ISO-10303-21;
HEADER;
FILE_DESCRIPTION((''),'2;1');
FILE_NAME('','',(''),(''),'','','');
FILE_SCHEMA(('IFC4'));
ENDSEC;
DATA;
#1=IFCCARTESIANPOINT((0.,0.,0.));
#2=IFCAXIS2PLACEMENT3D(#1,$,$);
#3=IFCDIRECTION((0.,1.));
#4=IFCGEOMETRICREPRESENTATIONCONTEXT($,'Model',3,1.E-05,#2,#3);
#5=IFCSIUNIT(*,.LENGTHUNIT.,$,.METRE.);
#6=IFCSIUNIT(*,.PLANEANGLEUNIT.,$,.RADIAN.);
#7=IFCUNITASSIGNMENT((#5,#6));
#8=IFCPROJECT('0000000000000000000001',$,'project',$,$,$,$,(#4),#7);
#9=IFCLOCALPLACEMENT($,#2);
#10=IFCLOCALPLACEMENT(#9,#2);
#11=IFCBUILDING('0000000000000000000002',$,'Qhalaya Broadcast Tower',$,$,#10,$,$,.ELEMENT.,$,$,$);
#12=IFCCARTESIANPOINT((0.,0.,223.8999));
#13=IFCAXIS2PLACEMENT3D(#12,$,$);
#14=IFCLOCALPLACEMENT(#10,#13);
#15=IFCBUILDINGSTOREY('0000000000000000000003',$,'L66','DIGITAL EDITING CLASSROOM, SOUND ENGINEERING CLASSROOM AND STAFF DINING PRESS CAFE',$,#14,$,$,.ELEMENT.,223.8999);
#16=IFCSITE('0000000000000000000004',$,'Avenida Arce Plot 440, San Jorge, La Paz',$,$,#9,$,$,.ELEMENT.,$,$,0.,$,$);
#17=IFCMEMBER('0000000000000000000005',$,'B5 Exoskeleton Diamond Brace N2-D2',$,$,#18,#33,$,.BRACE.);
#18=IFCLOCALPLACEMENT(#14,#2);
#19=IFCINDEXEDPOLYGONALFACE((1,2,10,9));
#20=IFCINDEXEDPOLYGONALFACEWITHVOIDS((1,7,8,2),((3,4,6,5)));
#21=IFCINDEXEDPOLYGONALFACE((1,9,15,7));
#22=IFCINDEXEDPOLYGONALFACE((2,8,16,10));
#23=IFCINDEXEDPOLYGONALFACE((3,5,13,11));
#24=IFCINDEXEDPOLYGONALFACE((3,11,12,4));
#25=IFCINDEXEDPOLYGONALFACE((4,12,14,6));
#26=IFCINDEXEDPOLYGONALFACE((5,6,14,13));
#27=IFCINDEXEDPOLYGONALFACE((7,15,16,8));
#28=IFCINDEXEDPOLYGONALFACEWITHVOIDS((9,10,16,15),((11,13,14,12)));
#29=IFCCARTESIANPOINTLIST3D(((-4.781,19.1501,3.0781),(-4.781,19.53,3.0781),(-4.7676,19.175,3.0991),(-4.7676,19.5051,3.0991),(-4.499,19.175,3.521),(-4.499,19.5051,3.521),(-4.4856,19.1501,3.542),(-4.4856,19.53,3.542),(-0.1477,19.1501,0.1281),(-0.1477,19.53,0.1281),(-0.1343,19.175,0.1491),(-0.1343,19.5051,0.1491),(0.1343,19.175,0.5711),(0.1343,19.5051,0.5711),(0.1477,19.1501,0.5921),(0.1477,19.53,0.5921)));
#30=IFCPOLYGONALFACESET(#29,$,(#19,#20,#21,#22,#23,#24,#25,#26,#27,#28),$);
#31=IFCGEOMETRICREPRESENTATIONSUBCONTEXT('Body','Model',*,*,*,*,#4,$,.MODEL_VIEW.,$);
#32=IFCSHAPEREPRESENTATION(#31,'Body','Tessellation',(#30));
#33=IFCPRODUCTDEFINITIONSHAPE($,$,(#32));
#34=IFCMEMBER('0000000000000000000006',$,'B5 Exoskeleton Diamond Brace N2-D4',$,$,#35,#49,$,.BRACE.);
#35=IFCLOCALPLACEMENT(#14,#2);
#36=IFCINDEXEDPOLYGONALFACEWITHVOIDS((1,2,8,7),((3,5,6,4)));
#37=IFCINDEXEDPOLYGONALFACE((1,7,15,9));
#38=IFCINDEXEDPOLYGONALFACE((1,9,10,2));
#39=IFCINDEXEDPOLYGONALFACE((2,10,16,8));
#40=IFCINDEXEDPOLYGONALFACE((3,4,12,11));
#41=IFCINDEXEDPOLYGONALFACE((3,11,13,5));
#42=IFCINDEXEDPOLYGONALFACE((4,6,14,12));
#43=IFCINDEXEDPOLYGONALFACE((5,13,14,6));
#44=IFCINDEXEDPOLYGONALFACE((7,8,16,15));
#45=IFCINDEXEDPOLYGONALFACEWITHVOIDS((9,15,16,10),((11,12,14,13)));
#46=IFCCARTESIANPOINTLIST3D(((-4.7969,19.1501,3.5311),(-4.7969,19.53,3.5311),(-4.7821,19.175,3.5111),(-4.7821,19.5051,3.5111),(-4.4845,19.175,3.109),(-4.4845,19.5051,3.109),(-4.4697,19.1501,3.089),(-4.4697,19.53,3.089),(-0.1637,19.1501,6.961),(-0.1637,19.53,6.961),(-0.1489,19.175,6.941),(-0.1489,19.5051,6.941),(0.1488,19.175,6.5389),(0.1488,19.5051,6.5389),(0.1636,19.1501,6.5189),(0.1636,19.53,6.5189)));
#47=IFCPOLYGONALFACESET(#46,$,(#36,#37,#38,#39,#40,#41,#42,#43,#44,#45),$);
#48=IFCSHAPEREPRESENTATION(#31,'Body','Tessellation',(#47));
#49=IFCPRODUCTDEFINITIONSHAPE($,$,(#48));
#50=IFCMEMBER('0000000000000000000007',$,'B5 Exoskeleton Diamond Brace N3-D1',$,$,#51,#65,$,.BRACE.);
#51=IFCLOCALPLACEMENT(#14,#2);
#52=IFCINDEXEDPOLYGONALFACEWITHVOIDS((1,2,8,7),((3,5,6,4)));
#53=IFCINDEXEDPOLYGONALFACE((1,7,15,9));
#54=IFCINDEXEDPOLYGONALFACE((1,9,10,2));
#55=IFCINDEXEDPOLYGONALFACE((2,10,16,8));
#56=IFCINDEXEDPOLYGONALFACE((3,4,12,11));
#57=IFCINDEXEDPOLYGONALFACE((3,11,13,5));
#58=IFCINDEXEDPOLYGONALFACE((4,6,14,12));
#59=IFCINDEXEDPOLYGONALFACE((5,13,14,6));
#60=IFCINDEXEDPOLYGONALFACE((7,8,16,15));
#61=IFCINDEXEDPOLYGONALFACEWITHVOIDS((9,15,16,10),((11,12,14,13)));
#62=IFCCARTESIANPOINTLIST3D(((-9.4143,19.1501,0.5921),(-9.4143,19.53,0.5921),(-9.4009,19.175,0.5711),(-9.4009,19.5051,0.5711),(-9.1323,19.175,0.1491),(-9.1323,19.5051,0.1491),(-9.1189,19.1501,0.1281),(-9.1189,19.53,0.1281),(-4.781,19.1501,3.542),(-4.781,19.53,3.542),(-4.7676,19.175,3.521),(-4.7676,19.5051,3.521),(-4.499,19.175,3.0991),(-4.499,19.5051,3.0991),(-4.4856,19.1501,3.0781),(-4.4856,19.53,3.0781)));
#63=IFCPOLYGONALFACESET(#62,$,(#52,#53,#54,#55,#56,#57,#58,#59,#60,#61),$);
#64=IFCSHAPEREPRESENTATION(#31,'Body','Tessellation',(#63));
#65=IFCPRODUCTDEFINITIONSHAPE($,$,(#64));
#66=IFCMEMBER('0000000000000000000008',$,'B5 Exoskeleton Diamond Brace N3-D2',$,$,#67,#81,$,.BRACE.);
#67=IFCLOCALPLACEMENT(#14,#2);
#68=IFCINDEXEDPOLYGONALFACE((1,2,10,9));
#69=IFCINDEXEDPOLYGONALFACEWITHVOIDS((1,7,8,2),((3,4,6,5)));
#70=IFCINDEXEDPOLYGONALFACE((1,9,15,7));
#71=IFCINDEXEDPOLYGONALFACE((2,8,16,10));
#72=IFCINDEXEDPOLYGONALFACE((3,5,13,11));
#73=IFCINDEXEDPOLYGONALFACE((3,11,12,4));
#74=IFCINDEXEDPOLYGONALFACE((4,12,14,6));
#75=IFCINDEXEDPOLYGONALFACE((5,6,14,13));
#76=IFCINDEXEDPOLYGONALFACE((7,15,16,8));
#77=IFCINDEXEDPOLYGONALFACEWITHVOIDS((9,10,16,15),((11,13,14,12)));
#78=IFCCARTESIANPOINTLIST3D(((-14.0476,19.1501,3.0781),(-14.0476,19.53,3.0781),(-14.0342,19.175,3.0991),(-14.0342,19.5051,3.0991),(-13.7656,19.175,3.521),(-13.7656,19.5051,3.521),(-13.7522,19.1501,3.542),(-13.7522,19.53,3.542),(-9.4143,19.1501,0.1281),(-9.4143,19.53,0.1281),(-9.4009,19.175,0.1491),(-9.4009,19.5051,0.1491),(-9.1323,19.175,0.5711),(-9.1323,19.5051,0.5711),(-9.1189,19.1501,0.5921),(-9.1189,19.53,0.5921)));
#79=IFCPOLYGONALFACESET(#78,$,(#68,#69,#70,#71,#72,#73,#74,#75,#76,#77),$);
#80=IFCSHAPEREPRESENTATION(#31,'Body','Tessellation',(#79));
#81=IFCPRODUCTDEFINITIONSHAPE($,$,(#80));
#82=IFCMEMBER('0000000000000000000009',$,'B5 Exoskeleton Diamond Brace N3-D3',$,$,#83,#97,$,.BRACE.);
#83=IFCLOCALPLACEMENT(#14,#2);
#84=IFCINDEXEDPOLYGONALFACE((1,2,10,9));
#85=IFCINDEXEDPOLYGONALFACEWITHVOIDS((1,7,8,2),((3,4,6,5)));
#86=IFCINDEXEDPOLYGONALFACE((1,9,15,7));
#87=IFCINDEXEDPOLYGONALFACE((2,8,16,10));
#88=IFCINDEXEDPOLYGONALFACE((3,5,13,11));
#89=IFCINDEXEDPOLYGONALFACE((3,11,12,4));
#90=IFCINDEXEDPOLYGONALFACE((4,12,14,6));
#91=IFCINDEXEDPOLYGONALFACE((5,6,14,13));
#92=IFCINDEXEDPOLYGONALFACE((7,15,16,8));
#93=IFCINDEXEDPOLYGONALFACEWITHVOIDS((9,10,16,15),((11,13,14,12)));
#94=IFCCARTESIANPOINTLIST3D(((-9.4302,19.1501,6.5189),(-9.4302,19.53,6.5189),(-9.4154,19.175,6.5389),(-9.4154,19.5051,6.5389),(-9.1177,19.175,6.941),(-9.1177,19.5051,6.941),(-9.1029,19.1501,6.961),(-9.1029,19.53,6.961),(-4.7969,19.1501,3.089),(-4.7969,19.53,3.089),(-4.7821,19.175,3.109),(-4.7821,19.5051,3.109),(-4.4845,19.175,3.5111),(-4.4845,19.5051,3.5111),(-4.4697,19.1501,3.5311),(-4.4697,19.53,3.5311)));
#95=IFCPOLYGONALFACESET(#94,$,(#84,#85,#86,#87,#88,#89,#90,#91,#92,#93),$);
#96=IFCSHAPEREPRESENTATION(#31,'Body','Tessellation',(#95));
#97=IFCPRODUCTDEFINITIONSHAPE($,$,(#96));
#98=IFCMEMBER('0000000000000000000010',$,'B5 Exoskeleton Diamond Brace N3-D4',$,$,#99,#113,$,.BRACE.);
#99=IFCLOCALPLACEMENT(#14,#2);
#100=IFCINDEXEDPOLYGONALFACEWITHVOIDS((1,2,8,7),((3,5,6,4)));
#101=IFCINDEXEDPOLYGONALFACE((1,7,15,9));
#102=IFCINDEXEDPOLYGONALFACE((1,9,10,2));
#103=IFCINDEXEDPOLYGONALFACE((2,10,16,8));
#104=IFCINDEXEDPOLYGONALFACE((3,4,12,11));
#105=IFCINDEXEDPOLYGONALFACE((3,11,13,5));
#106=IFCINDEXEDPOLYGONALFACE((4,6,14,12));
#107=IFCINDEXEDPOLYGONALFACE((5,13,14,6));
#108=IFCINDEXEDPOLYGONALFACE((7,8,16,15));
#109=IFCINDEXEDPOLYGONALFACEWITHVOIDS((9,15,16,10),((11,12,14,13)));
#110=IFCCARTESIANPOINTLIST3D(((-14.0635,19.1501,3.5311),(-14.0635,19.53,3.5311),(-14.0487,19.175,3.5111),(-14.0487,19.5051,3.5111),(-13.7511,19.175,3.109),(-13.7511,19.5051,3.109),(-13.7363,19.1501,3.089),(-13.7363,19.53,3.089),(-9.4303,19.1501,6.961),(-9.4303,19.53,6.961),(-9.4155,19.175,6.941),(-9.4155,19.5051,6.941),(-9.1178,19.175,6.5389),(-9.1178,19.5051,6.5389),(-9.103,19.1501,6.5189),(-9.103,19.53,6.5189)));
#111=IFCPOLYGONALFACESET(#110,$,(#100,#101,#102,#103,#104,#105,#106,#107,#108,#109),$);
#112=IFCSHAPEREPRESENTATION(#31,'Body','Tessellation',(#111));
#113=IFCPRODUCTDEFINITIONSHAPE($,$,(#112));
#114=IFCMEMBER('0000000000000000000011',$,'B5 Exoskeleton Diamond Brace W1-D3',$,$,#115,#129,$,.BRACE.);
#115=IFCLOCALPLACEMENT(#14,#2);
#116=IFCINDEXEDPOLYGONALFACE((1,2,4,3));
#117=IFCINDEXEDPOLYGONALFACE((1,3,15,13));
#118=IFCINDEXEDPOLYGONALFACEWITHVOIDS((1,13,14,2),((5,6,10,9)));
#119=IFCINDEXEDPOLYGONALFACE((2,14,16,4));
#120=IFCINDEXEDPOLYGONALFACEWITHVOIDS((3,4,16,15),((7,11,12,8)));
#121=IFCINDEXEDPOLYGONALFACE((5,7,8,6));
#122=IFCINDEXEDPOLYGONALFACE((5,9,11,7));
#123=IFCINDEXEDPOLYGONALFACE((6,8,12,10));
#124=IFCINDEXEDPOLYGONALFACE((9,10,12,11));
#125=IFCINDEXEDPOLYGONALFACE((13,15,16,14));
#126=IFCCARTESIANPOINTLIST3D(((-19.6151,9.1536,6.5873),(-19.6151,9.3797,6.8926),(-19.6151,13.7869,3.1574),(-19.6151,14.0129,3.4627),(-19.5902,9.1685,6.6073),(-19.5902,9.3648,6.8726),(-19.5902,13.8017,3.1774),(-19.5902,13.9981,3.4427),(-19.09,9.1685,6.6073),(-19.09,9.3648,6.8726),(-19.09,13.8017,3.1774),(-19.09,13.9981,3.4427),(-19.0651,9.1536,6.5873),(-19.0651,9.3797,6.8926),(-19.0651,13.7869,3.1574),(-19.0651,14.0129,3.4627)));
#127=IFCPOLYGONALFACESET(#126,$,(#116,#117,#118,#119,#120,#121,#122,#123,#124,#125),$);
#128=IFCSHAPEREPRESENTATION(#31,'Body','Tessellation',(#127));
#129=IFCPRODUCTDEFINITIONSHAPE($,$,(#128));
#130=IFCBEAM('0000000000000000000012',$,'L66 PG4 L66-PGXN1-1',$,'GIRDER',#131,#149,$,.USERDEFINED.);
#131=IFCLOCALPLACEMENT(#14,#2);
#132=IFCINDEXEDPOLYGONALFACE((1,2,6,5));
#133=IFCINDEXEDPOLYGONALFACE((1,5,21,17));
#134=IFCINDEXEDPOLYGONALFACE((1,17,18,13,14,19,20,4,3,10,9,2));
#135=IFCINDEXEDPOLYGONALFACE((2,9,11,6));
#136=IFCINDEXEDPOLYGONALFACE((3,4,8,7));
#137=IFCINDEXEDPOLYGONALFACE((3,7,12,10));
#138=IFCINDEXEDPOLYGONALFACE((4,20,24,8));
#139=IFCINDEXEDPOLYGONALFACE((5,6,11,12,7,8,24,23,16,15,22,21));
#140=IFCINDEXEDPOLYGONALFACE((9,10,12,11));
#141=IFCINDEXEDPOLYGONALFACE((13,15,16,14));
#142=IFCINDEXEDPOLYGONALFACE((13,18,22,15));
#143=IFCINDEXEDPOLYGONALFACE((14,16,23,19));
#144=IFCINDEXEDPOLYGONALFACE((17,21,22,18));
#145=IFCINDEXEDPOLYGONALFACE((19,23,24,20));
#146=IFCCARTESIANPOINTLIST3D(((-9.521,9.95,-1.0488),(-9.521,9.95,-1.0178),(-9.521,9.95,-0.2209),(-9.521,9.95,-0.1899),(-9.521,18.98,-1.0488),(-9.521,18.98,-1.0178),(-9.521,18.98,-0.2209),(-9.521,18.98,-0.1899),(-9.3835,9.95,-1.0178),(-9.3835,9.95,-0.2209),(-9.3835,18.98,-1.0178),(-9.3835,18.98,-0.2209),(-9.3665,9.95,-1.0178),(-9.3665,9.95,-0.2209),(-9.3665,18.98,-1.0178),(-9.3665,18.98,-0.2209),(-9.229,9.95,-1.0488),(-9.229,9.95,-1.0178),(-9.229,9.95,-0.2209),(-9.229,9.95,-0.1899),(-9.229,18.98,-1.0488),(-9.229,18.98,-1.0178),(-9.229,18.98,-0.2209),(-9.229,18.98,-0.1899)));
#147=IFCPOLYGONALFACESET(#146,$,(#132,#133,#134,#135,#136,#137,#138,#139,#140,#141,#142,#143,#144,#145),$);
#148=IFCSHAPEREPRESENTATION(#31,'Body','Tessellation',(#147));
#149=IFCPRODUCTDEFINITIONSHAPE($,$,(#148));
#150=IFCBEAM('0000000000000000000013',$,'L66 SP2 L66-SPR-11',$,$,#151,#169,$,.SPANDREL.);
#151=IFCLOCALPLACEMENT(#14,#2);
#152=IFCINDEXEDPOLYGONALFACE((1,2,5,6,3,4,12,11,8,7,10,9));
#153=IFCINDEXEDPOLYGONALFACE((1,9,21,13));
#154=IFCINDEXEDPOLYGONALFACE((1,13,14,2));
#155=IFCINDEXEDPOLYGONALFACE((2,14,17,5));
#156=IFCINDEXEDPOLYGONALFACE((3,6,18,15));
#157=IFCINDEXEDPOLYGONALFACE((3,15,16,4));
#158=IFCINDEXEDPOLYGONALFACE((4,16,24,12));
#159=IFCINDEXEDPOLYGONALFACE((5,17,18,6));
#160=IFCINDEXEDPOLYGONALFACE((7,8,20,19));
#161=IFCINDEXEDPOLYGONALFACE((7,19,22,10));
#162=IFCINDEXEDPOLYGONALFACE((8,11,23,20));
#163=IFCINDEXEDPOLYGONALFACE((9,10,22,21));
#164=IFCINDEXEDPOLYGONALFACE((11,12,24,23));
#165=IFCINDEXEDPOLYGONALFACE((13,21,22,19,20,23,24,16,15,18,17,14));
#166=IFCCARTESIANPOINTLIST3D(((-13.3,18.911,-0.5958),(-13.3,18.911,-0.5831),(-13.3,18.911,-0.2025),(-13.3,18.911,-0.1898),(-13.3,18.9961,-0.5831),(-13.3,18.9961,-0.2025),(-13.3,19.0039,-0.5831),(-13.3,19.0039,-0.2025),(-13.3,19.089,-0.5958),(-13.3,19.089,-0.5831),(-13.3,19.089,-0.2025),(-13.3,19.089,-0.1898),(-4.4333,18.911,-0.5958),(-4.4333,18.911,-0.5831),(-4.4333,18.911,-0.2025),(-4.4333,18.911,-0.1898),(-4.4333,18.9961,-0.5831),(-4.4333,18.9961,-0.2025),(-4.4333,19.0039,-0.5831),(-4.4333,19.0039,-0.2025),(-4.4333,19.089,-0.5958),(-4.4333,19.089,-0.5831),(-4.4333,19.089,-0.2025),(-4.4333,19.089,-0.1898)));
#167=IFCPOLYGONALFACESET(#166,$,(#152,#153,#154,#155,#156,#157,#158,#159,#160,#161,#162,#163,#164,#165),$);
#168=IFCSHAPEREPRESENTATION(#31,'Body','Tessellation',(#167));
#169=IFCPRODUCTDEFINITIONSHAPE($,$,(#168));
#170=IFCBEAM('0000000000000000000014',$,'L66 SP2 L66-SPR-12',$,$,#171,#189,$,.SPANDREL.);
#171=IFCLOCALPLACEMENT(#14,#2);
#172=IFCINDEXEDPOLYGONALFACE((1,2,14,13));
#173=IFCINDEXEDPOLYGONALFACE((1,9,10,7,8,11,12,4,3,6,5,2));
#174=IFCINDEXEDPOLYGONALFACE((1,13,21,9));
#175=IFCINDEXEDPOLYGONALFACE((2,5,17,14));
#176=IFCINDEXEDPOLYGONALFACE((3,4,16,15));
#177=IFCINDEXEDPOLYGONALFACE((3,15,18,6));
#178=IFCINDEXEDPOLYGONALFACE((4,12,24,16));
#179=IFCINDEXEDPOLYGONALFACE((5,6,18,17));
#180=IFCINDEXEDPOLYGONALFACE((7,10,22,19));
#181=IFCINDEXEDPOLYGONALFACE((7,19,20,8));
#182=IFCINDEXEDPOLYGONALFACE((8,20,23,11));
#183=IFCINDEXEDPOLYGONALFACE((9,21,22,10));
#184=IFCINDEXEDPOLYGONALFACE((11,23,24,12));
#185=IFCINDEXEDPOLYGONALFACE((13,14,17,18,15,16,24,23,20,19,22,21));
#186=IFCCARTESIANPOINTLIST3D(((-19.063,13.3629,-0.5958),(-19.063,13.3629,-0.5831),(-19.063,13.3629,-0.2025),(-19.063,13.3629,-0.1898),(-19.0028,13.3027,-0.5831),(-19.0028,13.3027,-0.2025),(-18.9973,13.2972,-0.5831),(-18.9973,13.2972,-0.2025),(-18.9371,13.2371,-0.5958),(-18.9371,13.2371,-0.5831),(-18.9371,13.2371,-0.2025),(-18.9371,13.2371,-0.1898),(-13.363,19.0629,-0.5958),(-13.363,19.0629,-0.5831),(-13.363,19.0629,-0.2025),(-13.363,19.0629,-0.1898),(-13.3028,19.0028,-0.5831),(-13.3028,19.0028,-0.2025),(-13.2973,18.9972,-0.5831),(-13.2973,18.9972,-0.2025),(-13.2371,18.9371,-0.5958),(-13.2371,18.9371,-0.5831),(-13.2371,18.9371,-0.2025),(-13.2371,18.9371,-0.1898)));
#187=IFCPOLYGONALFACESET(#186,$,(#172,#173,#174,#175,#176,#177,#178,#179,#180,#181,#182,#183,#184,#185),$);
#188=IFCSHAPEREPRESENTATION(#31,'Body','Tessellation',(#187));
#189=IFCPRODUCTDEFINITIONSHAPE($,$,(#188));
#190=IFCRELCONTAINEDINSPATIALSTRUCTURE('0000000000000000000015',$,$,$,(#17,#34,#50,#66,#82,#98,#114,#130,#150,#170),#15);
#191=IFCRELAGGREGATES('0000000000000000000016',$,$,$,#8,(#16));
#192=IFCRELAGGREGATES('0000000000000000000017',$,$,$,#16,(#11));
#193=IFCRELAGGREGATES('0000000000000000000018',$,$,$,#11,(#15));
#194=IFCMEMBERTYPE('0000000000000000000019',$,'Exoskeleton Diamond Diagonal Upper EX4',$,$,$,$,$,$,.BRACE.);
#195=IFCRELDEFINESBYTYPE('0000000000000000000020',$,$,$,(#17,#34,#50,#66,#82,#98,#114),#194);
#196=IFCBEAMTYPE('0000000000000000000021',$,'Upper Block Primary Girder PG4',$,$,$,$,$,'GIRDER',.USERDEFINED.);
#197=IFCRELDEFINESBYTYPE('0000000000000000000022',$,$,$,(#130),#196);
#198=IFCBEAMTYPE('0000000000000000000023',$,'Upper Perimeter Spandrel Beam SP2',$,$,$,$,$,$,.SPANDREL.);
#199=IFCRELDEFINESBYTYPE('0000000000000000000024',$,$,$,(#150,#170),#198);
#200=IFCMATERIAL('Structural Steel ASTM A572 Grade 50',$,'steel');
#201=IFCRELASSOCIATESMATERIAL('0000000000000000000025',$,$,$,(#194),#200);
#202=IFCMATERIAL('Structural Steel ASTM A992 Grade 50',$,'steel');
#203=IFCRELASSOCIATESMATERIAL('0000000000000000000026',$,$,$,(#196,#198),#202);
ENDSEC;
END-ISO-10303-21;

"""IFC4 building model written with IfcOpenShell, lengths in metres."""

from ifc_helpers import new_model, si_unit, direction, frame, origin, origin_2d, place, context, subcontext, project, spatial, hollow_rectangle, i_section, extrude, material, material_profile, profile_set, type_object, element, save


model = new_model("IFC4")

# Units and contexts
model_context = context("Model", 3, precision=1e-05, world=origin(), true_north=direction((0.0, 1.0)))
body_context = subcontext(model_context, "Body", "Model", "MODEL_VIEW")
ifc_project = project(units=[si_unit("LENGTHUNIT", "METRE"), si_unit("PLANEANGLEUNIT", "RADIAN")], contexts=[model_context])

# Site, building, storey
site_placement = place(None, origin())
site = spatial("IfcSite", under=ifc_project, at=site_placement, Name="Avenida Arce Plot 440, San Jorge, La Paz", CompositionType="ELEMENT", RefElevation=0.0)
building_placement = place(site_placement, origin())
building = spatial("IfcBuilding", under=site, at=building_placement, Name="Qhalaya Broadcast Tower", CompositionType="ELEMENT")
storey_placement = place(building_placement, frame((0.0, 0.0, 223.8999)))
storey = spatial("IfcBuildingStorey", under=building, at=storey_placement, Name="L66", Description="DIGITAL EDITING CLASSROOM, SOUND ENGINEERING CLASSROOM AND STAFF DINING PRESS CAFE", CompositionType="ELEMENT", Elevation=223.8999)

# Shared definitions
ifc_material_1 = material(Name="Structural Steel ASTM A572 Grade 50", Category="steel")

# Shared definitions
ifc_material_2 = material(Name="Structural Steel ASTM A992 Grade 50", Category="steel")

# Members
ifc_material_profile_1 = material_profile(ifc_material_1, hollow_rectangle(XDim=0.3799, YDim=0.55, WallThickness=0.0249, at=origin_2d()), Name="BOX 380x550x25")
ifc_profile_set_1 = profile_set([ifc_material_profile_1], Name="Structural Steel ASTM A572 Grade 50")
member_type = type_object("IfcMemberType", Name="Exoskeleton Diamond Diagonal Upper EX4", PredefinedType="BRACE", material=ifc_profile_set_1)
for number, where, z_axis, x_axis, name in (
    (1, (0.0, 19.3401, 0.3601), (-0.843539, 0.0, 0.537068), (0.0, -1.0, 0.0), "B5 Exoskeleton Diamond Brace N2-D2"),
):
    element("IfcMember", number, at=place(storey_placement, frame(where, z_axis=z_axis, x_axis=x_axis)), inside=storey, type_object=member_type, Name=name, PredefinedType="BRACE", context=body_context, shape_type="SweptSolid", body=[
        extrude(hollow_rectangle(XDim=0.3799, YDim=0.55, WallThickness=0.0249, at=origin_2d()), origin(), (0.0, 0.0, 1.0), 5.4927),
    ])
member_placement = place(storey_placement, frame((-4.6333, 19.3401, 3.3101), z_axis=(0.803735, 0.0, 0.594987), x_axis=(0.0, 1.0, 0.0)))
element("IfcMember", 2, at=member_placement, inside=storey, type_object=member_type, Name="B5 Exoskeleton Diamond Brace N2-D4", PredefinedType="BRACE", context=body_context, shape_type="SweptSolid", body=[
    extrude(hollow_rectangle(XDim=0.3799, YDim=0.55, WallThickness=0.0249, at=origin_2d()), origin(), (0.0, 0.0, 1.0), 5.7646),
])
for number, where, z_axis, x_axis, name in (
    (3, (-9.2666, 19.3401, 0.3601), (0.843539, 0.0, 0.537068), (0.0, 1.0, 0.0), "B5 Exoskeleton Diamond Brace N3-D1"),
    (4, (-9.2666, 19.3401, 0.3601), (-0.843539, 0.0, 0.537068), (0.0, -1.0, 0.0), "B5 Exoskeleton Diamond Brace N3-D2"),
):
    element("IfcMember", number, at=place(storey_placement, frame(where, z_axis=z_axis, x_axis=x_axis)), inside=storey, type_object=member_type, Name=name, PredefinedType="BRACE", context=body_context, shape_type="SweptSolid", body=[
        extrude(hollow_rectangle(XDim=0.3799, YDim=0.55, WallThickness=0.0249, at=origin_2d()), origin(), (0.0, 0.0, 1.0), 5.4927),
    ])
for number, where, z_axis, x_axis, name in (
    (5, (-4.6333, 19.3401, 3.3101), (-0.803735, 0.0, 0.594987), (0.0, -1.0, 0.0), "B5 Exoskeleton Diamond Brace N3-D3"),
    (6, (-13.8999, 19.3401, 3.3101), (0.803735, 0.0, 0.594987), (0.0, 1.0, 0.0), "B5 Exoskeleton Diamond Brace N3-D4"),
    (7, (-19.3401, 13.8999, 3.3101), (0.0, -0.803735, 0.594987), (0.0, 0.594987, 0.803735), "B5 Exoskeleton Diamond Brace W1-D3"),
):
    element("IfcMember", number, at=place(storey_placement, frame(where, z_axis=z_axis, x_axis=x_axis)), inside=storey, type_object=member_type, Name=name, PredefinedType="BRACE", context=body_context, shape_type="SweptSolid", body=[
        extrude(hollow_rectangle(XDim=0.3799, YDim=0.55, WallThickness=0.0249, at=origin_2d()), origin(), (0.0, 0.0, 1.0), 5.7646),
    ])

# Beams
ifc_material_profile_2 = material_profile(ifc_material_2, i_section(OverallWidth=0.292, OverallDepth=0.8589, WebThickness=0.0171, FlangeThickness=0.031, at=origin_2d()), Name="W33X169")
ifc_profile_set_2 = profile_set([ifc_material_profile_2], Name="Structural Steel ASTM A992 Grade 50")
beam_type_1 = type_object("IfcBeamType", Name="Upper Block Primary Girder PG4", ElementType="GIRDER", PredefinedType="USERDEFINED", material=ifc_profile_set_2)
beam_1_placement = place(storey_placement, frame((-9.375, 9.95, -0.6194), z_axis=(0.0, 1.0, 0.0), x_axis=(-1.0, 0.0, 0.0)))
element("IfcBeam", 8, at=beam_1_placement, inside=storey, type_object=beam_type_1, Name="L66 PG4 L66-PGXN1-1", ObjectType="GIRDER", PredefinedType="USERDEFINED", context=body_context, shape_type="SweptSolid", body=[
    extrude(i_section(OverallWidth=0.292, OverallDepth=0.8589, WebThickness=0.0171, FlangeThickness=0.031, at=origin_2d()), origin(), (0.0, 0.0, 1.0), 9.03),
])
ifc_material_profile_3 = material_profile(ifc_material_2, i_section(OverallWidth=0.178, OverallDepth=0.406, WebThickness=0.0078, FlangeThickness=0.0127, at=origin_2d()), Name="W16X40")
ifc_profile_set_3 = profile_set([ifc_material_profile_3], Name="Structural Steel ASTM A992 Grade 50")
beam_type_2 = type_object("IfcBeamType", Name="Upper Perimeter Spandrel Beam SP2", PredefinedType="SPANDREL", material=ifc_profile_set_3)
beam_2_placement = place(storey_placement, frame((-4.4333, 19.0, -0.3928), z_axis=(-1.0, 0.0, 0.0), x_axis=(0.0, -1.0, 0.0)))
element("IfcBeam", 9, at=beam_2_placement, inside=storey, type_object=beam_type_2, Name="L66 SP2 L66-SPR-11", PredefinedType="SPANDREL", context=body_context, shape_type="SweptSolid", body=[
    extrude(i_section(OverallWidth=0.178, OverallDepth=0.406, WebThickness=0.0078, FlangeThickness=0.0127, at=origin_2d()), origin(), (0.0, 0.0, 1.0), 8.8667),
])
beam_3_placement = place(storey_placement, frame((-13.3, 19.0, -0.3928), z_axis=(-0.707107, -0.707107, 0.0), x_axis=(0.707107, -0.707107, 0.0)))
element("IfcBeam", 10, at=beam_3_placement, inside=storey, type_object=beam_type_2, Name="L66 SP2 L66-SPR-12", PredefinedType="SPANDREL", context=body_context, shape_type="SweptSolid", body=[
    extrude(i_section(OverallWidth=0.178, OverallDepth=0.406, WebThickness=0.0078, FlangeThickness=0.0127, at=origin_2d()), origin(), (0.0, 0.0, 1.0), 8.061),
])

save(model, "model.ifc")
